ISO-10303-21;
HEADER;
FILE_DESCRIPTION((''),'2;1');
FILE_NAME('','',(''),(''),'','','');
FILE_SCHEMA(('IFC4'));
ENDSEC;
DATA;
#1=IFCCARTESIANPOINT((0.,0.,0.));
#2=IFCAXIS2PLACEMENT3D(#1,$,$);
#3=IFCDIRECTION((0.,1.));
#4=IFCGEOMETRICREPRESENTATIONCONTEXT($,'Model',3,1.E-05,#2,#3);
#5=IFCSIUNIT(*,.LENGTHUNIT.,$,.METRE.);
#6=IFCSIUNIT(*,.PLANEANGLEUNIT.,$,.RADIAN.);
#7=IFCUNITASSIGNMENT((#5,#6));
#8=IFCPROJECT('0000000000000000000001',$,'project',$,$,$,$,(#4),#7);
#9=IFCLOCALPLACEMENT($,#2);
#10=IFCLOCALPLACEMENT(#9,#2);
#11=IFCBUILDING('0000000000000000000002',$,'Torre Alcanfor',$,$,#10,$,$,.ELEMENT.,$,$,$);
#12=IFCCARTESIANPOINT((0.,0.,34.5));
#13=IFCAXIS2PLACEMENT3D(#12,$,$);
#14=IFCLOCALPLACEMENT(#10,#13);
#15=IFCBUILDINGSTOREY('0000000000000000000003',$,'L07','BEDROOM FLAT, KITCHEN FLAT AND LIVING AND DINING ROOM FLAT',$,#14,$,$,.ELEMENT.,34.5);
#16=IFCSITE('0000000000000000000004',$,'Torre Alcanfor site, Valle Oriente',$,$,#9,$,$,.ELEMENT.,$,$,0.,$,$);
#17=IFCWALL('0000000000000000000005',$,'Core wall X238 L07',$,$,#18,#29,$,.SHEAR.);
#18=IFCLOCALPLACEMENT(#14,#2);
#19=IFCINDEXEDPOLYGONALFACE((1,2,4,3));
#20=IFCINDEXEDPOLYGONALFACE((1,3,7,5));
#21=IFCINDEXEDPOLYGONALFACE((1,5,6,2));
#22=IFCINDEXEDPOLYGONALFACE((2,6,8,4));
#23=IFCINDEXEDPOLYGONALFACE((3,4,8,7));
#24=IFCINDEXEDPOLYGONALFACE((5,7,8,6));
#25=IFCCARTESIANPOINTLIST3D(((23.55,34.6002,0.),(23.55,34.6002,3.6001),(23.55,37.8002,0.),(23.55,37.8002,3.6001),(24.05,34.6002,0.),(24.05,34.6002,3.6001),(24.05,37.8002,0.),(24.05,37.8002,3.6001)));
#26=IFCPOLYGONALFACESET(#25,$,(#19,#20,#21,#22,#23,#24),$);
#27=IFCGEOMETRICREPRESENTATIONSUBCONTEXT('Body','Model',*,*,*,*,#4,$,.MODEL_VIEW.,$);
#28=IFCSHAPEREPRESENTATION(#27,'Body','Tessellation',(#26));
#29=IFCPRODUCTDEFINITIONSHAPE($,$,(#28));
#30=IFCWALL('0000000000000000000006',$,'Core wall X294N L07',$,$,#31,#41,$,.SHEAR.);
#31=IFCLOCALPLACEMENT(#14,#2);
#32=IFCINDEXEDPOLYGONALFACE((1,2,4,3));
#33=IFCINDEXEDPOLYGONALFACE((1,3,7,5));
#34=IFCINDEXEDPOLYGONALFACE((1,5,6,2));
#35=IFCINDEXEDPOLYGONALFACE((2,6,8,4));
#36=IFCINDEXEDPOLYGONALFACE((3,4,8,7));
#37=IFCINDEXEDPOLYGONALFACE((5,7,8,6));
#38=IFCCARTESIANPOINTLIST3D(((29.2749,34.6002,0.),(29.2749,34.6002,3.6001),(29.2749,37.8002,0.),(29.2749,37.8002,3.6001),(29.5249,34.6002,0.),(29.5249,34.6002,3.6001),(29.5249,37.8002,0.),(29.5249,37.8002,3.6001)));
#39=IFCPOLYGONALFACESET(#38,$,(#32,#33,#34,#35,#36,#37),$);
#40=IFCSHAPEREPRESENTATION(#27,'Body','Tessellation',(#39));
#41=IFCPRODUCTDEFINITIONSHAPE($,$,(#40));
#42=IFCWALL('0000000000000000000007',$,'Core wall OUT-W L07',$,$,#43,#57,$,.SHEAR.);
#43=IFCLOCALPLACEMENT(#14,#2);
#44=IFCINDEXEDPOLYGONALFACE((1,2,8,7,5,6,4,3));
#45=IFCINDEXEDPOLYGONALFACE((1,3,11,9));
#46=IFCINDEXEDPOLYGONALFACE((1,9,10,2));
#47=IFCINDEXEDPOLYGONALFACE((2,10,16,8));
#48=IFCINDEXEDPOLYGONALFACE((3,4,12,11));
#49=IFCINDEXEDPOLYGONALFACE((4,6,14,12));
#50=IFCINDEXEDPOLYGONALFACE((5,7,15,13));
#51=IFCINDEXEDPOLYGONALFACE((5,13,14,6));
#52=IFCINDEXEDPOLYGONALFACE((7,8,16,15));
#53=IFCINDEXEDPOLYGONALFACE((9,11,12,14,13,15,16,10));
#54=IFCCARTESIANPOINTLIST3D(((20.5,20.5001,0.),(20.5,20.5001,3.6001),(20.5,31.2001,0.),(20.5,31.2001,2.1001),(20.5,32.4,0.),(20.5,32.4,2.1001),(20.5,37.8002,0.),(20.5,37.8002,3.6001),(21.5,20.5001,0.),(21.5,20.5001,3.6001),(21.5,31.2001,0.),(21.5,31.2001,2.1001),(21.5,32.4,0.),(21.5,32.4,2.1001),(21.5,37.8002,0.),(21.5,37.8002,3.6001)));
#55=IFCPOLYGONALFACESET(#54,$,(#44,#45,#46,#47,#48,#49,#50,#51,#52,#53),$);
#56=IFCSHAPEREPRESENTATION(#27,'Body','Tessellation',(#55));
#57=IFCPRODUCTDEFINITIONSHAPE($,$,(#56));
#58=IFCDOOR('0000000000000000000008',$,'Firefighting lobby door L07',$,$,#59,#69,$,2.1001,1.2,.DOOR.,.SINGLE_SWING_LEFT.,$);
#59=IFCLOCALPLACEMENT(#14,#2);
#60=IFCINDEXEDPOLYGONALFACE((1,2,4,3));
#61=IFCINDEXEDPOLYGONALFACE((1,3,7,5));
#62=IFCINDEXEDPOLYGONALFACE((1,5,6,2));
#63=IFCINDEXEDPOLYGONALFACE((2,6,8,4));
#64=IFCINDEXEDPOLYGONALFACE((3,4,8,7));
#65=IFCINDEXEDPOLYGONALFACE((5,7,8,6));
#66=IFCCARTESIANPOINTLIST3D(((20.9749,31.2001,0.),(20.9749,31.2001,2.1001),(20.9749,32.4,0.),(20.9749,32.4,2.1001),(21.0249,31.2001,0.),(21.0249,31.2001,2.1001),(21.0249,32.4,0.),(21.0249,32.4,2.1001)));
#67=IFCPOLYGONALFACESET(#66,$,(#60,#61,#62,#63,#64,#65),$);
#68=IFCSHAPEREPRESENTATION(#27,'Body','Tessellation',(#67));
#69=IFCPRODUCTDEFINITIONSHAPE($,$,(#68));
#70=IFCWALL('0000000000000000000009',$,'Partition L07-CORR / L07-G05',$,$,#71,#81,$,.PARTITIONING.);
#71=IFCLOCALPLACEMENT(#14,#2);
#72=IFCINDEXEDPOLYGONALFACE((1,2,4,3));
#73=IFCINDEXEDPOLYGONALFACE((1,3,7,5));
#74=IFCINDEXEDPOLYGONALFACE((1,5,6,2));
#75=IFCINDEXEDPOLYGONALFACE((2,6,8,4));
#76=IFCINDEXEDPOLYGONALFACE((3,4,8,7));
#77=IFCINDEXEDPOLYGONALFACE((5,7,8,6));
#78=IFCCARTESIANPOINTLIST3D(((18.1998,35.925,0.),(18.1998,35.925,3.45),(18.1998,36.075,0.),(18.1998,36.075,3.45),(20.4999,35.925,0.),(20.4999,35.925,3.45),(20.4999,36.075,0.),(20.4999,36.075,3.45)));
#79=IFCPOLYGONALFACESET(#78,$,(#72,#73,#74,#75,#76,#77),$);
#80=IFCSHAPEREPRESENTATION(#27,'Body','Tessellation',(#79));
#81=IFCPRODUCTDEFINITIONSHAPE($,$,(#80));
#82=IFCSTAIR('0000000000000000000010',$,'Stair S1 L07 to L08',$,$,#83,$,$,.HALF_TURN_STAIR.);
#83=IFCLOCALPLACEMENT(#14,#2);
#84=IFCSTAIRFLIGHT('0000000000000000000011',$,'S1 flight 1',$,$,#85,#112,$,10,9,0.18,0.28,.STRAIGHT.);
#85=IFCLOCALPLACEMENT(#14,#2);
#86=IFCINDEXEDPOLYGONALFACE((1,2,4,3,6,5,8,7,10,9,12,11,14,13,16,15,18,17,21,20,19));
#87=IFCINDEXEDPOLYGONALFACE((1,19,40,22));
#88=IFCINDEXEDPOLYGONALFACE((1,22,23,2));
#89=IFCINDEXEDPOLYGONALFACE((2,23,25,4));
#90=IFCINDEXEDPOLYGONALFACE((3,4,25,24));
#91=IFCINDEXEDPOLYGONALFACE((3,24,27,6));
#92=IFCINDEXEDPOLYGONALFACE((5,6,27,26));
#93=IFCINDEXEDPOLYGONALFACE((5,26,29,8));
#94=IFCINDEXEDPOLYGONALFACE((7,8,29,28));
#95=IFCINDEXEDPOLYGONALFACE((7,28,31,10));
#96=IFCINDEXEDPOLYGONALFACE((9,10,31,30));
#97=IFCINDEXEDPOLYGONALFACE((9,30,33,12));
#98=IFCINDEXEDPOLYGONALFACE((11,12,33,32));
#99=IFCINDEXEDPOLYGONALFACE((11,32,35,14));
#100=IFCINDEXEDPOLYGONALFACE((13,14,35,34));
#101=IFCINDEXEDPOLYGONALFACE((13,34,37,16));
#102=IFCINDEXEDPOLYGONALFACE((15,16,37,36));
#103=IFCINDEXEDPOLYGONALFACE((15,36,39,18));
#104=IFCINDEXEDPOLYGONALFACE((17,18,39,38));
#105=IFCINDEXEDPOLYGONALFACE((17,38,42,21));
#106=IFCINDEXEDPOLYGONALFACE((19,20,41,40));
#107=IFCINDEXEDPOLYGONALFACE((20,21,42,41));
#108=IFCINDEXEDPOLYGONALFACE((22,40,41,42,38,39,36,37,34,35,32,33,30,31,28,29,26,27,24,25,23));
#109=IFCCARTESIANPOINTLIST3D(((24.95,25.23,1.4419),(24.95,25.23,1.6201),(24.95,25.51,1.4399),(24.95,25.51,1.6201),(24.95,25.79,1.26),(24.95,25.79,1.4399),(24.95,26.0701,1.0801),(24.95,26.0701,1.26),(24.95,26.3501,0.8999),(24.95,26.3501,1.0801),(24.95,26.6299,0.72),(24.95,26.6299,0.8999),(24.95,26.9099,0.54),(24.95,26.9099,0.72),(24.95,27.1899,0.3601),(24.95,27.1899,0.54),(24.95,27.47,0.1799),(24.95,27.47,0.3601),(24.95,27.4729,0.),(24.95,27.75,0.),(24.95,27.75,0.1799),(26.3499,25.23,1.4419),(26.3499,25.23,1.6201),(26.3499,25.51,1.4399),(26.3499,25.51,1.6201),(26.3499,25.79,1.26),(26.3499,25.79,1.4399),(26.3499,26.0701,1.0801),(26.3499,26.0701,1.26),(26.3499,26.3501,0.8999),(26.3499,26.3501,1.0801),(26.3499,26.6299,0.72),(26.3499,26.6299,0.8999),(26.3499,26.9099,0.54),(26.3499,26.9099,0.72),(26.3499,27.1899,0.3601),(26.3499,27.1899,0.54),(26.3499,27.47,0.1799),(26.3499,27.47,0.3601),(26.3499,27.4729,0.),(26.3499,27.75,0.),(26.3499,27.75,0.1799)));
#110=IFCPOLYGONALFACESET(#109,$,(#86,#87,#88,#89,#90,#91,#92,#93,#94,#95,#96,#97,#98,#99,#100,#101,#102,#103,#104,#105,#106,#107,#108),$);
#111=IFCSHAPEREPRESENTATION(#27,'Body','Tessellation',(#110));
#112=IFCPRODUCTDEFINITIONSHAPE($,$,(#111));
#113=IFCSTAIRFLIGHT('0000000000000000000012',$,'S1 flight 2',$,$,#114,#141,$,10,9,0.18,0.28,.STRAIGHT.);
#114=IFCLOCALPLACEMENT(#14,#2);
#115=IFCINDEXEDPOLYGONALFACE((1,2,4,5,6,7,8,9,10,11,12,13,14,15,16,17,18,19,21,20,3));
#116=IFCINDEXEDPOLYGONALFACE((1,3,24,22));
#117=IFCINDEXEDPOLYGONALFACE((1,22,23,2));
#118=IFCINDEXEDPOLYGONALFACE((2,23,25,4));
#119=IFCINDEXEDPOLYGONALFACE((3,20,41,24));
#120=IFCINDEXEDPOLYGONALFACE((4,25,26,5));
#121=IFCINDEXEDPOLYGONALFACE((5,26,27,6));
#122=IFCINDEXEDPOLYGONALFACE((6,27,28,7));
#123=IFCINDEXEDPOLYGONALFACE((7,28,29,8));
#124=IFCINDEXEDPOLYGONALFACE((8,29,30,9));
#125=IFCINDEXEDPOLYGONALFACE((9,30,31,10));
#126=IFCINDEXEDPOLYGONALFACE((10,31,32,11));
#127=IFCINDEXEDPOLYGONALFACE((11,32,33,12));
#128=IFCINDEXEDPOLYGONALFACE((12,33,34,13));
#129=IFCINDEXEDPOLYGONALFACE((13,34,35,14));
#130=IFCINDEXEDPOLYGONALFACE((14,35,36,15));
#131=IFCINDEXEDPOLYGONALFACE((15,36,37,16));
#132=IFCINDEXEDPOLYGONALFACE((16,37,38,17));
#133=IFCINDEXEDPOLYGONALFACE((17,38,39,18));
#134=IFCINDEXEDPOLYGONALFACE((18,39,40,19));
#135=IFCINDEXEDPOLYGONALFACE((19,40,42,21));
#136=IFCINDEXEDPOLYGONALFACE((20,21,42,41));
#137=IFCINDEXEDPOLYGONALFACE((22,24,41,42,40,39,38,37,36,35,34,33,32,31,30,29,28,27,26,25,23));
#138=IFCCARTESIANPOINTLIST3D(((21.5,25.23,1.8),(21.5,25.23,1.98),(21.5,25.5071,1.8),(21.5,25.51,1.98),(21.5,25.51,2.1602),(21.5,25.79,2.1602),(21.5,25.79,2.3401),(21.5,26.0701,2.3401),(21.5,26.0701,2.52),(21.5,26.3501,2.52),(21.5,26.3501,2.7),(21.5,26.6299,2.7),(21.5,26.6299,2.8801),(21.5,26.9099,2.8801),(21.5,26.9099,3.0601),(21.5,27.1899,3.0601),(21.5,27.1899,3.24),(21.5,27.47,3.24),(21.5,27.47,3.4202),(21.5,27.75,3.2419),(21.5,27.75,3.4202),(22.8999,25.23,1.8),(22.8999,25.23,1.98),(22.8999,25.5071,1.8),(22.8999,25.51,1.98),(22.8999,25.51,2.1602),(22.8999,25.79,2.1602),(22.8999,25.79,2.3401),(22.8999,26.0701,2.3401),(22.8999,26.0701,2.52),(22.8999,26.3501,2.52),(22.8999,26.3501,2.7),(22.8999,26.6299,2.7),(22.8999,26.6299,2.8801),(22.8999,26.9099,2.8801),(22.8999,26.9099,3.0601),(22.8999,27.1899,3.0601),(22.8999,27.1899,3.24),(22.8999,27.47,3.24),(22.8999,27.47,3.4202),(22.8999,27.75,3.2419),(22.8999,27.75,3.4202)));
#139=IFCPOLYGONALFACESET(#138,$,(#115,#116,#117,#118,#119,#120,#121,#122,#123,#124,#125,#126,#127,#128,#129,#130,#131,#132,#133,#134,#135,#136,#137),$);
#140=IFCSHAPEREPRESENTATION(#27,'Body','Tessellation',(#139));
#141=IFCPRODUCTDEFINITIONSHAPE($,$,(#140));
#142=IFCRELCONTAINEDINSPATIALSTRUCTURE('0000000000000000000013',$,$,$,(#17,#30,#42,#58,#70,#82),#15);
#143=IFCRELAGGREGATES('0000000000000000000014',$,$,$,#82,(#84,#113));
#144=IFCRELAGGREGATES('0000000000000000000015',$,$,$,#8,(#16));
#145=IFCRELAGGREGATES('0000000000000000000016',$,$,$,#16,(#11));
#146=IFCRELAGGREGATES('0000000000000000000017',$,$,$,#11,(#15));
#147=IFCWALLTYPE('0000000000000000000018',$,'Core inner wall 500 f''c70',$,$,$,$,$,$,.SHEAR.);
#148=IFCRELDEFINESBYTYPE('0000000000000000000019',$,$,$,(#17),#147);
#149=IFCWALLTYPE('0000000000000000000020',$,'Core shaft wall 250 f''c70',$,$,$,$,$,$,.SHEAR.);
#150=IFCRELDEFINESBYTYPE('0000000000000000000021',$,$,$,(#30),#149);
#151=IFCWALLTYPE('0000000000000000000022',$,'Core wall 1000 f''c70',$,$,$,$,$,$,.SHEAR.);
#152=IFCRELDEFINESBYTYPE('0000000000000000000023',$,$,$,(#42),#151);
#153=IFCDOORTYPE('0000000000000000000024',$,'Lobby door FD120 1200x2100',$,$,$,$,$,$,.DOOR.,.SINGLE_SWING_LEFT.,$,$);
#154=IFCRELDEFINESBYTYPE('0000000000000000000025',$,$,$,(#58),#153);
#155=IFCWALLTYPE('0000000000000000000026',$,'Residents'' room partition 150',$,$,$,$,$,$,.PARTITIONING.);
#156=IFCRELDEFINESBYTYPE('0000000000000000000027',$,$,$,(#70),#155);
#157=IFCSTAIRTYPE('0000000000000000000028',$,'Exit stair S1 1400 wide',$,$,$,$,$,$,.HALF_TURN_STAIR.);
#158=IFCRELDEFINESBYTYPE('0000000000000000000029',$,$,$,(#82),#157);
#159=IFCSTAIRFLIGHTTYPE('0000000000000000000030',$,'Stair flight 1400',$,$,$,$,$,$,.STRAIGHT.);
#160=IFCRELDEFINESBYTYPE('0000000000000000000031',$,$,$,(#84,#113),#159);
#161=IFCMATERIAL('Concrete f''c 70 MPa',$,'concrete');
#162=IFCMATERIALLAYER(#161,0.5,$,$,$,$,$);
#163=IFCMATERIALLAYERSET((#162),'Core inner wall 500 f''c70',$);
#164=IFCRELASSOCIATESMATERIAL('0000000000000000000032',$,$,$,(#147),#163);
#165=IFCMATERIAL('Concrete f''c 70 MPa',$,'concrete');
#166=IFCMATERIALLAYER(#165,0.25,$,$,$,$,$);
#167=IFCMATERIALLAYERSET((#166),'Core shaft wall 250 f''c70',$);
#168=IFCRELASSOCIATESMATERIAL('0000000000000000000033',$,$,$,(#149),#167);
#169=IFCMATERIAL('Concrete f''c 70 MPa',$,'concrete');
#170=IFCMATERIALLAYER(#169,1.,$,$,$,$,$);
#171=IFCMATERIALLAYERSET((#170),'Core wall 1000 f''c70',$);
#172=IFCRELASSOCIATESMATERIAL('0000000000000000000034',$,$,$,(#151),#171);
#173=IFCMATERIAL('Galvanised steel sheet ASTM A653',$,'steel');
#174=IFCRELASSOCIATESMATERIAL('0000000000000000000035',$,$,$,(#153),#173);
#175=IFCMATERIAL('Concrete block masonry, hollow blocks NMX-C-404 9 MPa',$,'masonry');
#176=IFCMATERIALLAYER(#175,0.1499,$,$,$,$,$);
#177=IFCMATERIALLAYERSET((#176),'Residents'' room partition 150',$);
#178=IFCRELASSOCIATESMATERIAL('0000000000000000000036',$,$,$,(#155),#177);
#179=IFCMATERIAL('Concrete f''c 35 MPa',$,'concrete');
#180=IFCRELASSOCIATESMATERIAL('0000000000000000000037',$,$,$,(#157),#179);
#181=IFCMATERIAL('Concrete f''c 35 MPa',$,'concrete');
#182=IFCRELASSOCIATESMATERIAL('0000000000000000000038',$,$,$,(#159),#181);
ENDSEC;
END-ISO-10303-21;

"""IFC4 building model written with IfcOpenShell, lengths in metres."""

from ifc_helpers import new_model, si_unit, direction, frame, frame_2d, origin, place, context, subcontext, project, spatial, polyline, rectangle, outline, extrude, material, layer, layer_set, type_object, element, fill, aggregate, save


model = new_model("IFC4")

# Units and contexts
model_context = context("Model", 3, precision=1e-05, world=origin(), true_north=direction((0.0, 1.0)))
body_context = subcontext(model_context, "Body", "Model", "MODEL_VIEW")
ifc_project = project(units=[si_unit("LENGTHUNIT", "METRE"), si_unit("PLANEANGLEUNIT", "RADIAN")], contexts=[model_context])

# Site, building, storey
site_placement = place(None, origin())
site = spatial("IfcSite", under=ifc_project, at=site_placement, Name="Torre Alcanfor site, Valle Oriente", CompositionType="ELEMENT", RefElevation=0.0)
building_placement = place(site_placement, origin())
building = spatial("IfcBuilding", under=site, at=building_placement, Name="Torre Alcanfor", CompositionType="ELEMENT")
storey_placement = place(building_placement, frame((0.0, 0.0, 34.5)))
storey = spatial("IfcBuildingStorey", under=building, at=storey_placement, Name="L07", Description="BEDROOM FLAT, KITCHEN FLAT AND LIVING AND DINING ROOM FLAT", CompositionType="ELEMENT", Elevation=34.5)

# Shared definitions
ifc_material_1 = material(Name="Concrete f'c 70 MPa", Category="concrete")
ifc_layer_1 = layer(ifc_material_1, 0.5)
ifc_layer_set_1 = layer_set([ifc_layer_1], Name="Core inner wall 500 f'c70")
wall_type_1 = type_object("IfcWallType", Name="Core inner wall 500 f'c70", PredefinedType="SHEAR", material=ifc_layer_set_1)

# Walls
wall_1_placement = place(storey_placement, frame((23.8, 34.6001, 0.0), z_axis=(0.0, 0.0, 1.0), x_axis=(0.0, 1.0, 0.0)))
element("IfcWall", 1, at=wall_1_placement, inside=storey, type_object=wall_type_1, Name="Core wall X238 L07", PredefinedType="SHEAR", context=body_context, shape_type="SweptSolid", body=[
    extrude(rectangle(XDim=3.2, YDim=0.5, at=frame_2d((1.6001, 0.0))), origin(), (0.0, 0.0, 1.0), 3.6001),
])
ifc_material_2 = material(Name="Concrete f'c 70 MPa", Category="concrete")
ifc_layer_2 = layer(ifc_material_2, 0.25)
ifc_layer_set_2 = layer_set([ifc_layer_2], Name="Core shaft wall 250 f'c70")
wall_type_2 = type_object("IfcWallType", Name="Core shaft wall 250 f'c70", PredefinedType="SHEAR", material=ifc_layer_set_2)
wall_2_placement = place(storey_placement, frame((29.3999, 34.6001, 0.0), z_axis=(0.0, 0.0, 1.0), x_axis=(0.0, 1.0, 0.0)))
element("IfcWall", 2, at=wall_2_placement, inside=storey, type_object=wall_type_2, Name="Core wall X294N L07", PredefinedType="SHEAR", context=body_context, shape_type="SweptSolid", body=[
    extrude(rectangle(XDim=3.2, YDim=0.25, at=frame_2d((1.6001, 0.0))), origin(), (0.0, 0.0, 1.0), 3.6001),
])

# Wall, opening, door
ifc_material_3 = material(Name="Concrete f'c 70 MPa", Category="concrete")
ifc_layer_3 = layer(ifc_material_3, 1.0)
ifc_layer_set_3 = layer_set([ifc_layer_3], Name="Core wall 1000 f'c70")
wall_type_3 = type_object("IfcWallType", Name="Core wall 1000 f'c70", PredefinedType="SHEAR", material=ifc_layer_set_3)
wall_3_placement = place(storey_placement, frame((21.0, 37.8, 0.0), z_axis=(0.0, 0.0, 1.0), x_axis=(0.0, -1.0, 0.0)))
wall_3 = element("IfcWall", 3, at=wall_3_placement, inside=storey, type_object=wall_type_3, Name="Core wall OUT-W L07", PredefinedType="SHEAR", context=body_context, shape_type="SweptSolid", body=[
    extrude(rectangle(XDim=17.3, YDim=1.0, at=frame_2d((8.6499, 0.0))), origin(), (0.0, 0.0, 1.0), 3.6001),
])
opening_1_placement = place(wall_3_placement, frame((5.3999, 0.0, 0.0)))
opening_1 = element("IfcOpeningElement", 4, at=opening_1_placement, cuts=wall_3, PredefinedType="OPENING", context=body_context, shape_type="SweptSolid", body=[
    extrude(rectangle(XDim=1.2, YDim=2.1001, at=frame_2d((0.6001, 1.05))), frame((0.0, 0.51, 0.0), z_axis=(0.0, -1.0, 0.0), x_axis=(1.0, 0.0, 0.0)), (0.0, 0.0, 1.0), 1.02),
])
ifc_material_4 = material(Name="Galvanised steel sheet ASTM A653", Category="steel")
door_type_1 = type_object("IfcDoorType", Name="Lobby door FD120 1200x2100", OperationType="SINGLE_SWING_LEFT", PredefinedType="DOOR", material=ifc_material_4)
door_1_placement = place(opening_1_placement, origin())
door_1 = element("IfcDoor", 5, at=door_1_placement, inside=storey, type_object=door_type_1, Name="Firefighting lobby door L07", OperationType="SINGLE_SWING_LEFT", OverallHeight=2.1001, OverallWidth=1.2, PredefinedType="DOOR", context=body_context, shape_type="SweptSolid", body=[
    extrude(rectangle(XDim=1.2, YDim=2.1001, at=frame_2d((0.6001, 1.05))), frame((0.0, 0.0249, 0.0), z_axis=(0.0, -1.0, 0.0), x_axis=(1.0, 0.0, 0.0)), (0.0, 0.0, 1.0), 0.05),
])
fill(opening_1, door_1)

# Wall
ifc_material_5 = material(Name="Concrete block masonry, hollow blocks NMX-C-404 9 MPa", Category="masonry")
ifc_layer_4 = layer(ifc_material_5, 0.1499)
ifc_layer_set_4 = layer_set([ifc_layer_4], Name="Residents' room partition 150")
wall_type_4 = type_object("IfcWallType", Name="Residents' room partition 150", PredefinedType="PARTITIONING", material=ifc_layer_set_4)
wall_4_placement = place(storey_placement, frame((18.2, 36.0, 0.0), z_axis=(0.0, 0.0, 1.0), x_axis=(1.0, 0.0, 0.0)))
element("IfcWall", 6, at=wall_4_placement, inside=storey, type_object=wall_type_4, Name="Partition L07-CORR / L07-G05", PredefinedType="PARTITIONING", context=body_context, shape_type="SweptSolid", body=[
    extrude(rectangle(XDim=2.3, YDim=0.1499, at=frame_2d((1.1499, 0.0))), origin(), (0.0, 0.0, 1.0), 3.45),
])

# Stair, stair flights
ifc_material_6 = material(Name="Concrete f'c 35 MPa", Category="concrete")
stair_type = type_object("IfcStairType", Name="Exit stair S1 1400 wide", PredefinedType="HALF_TURN_STAIR", material=ifc_material_6)
stair_placement = place(storey_placement, origin())
stair = element("IfcStair", 7, at=stair_placement, inside=storey, type_object=stair_type, Name="Stair S1 L07 to L08", PredefinedType="HALF_TURN_STAIR")
ifc_material_7 = material(Name="Concrete f'c 35 MPa", Category="concrete")
stair_flight_type = type_object("IfcStairFlightType", Name="Stair flight 1400", PredefinedType="STRAIGHT", material=ifc_material_7)
stair_flight_1_placement = place(storey_placement, frame((25.6499, 27.75, 0.0), z_axis=(0.0, 0.0, 1.0), x_axis=(0.0, -1.0, 0.0)))
stair_flight_1 = element("IfcStairFlight", 8, at=stair_flight_1_placement, type_object=stair_flight_type, Name="S1 flight 1", NumberOfRisers=10, NumberOfTreads=9, PredefinedType="STRAIGHT", RiserHeight=0.18, TreadLength=0.28, context=body_context, shape_type="SweptSolid", body=[
    extrude(outline(polyline([(0.0, 0.0), (0.0, 0.1799), (0.28, 0.1799), (0.28, 0.3601), (0.5601, 0.3601), (0.5601, 0.54), (0.8401, 0.54), (0.8401, 0.72), (1.1201, 0.72), (1.1201, 0.8999), (1.3999, 0.8999), (1.3999, 1.0801), (1.6799, 1.0801), (1.6799, 1.26), (1.96, 1.26), (1.96, 1.4399), (2.24, 1.4399), (2.24, 1.6201), (2.52, 1.6201), (2.52, 1.8), (2.52, 1.4419), (0.2771, 0.0), (0.0, 0.0)])), frame((0.0, 0.7, 0.0), z_axis=(0.0, -1.0, 0.0), x_axis=(1.0, 0.0, 0.0)), (0.0, 0.0, 1.0), 1.3999),
])
stair_flight_2_placement = place(storey_placement, frame((22.2, 25.23, 1.8), z_axis=(0.0, 0.0, 1.0), x_axis=(0.0, 1.0, 0.0)))
stair_flight_2 = element("IfcStairFlight", 9, at=stair_flight_2_placement, type_object=stair_flight_type, Name="S1 flight 2", NumberOfRisers=10, NumberOfTreads=9, PredefinedType="STRAIGHT", RiserHeight=0.18, TreadLength=0.28, context=body_context, shape_type="SweptSolid", body=[
    extrude(outline(polyline([(0.0, 0.0), (0.0, 0.1799), (0.28, 0.1799), (0.28, 0.3601), (0.5601, 0.3601), (0.5601, 0.54), (0.8401, 0.54), (0.8401, 0.72), (1.1201, 0.72), (1.1201, 0.8999), (1.3999, 0.8999), (1.3999, 1.0801), (1.6799, 1.0801), (1.6799, 1.26), (1.96, 1.26), (1.96, 1.4399), (2.24, 1.4399), (2.24, 1.6201), (2.52, 1.6201), (2.52, 1.8), (2.52, 1.4419), (0.2771, 0.0), (0.0, 0.0)])), frame((0.0, 0.7, 0.0), z_axis=(0.0, -1.0, 0.0), x_axis=(1.0, 0.0, 0.0)), (0.0, 0.0, 1.0), 1.3999),
])
aggregate(stair, [stair_flight_1, stair_flight_2])

save(model, "model.ifc")
